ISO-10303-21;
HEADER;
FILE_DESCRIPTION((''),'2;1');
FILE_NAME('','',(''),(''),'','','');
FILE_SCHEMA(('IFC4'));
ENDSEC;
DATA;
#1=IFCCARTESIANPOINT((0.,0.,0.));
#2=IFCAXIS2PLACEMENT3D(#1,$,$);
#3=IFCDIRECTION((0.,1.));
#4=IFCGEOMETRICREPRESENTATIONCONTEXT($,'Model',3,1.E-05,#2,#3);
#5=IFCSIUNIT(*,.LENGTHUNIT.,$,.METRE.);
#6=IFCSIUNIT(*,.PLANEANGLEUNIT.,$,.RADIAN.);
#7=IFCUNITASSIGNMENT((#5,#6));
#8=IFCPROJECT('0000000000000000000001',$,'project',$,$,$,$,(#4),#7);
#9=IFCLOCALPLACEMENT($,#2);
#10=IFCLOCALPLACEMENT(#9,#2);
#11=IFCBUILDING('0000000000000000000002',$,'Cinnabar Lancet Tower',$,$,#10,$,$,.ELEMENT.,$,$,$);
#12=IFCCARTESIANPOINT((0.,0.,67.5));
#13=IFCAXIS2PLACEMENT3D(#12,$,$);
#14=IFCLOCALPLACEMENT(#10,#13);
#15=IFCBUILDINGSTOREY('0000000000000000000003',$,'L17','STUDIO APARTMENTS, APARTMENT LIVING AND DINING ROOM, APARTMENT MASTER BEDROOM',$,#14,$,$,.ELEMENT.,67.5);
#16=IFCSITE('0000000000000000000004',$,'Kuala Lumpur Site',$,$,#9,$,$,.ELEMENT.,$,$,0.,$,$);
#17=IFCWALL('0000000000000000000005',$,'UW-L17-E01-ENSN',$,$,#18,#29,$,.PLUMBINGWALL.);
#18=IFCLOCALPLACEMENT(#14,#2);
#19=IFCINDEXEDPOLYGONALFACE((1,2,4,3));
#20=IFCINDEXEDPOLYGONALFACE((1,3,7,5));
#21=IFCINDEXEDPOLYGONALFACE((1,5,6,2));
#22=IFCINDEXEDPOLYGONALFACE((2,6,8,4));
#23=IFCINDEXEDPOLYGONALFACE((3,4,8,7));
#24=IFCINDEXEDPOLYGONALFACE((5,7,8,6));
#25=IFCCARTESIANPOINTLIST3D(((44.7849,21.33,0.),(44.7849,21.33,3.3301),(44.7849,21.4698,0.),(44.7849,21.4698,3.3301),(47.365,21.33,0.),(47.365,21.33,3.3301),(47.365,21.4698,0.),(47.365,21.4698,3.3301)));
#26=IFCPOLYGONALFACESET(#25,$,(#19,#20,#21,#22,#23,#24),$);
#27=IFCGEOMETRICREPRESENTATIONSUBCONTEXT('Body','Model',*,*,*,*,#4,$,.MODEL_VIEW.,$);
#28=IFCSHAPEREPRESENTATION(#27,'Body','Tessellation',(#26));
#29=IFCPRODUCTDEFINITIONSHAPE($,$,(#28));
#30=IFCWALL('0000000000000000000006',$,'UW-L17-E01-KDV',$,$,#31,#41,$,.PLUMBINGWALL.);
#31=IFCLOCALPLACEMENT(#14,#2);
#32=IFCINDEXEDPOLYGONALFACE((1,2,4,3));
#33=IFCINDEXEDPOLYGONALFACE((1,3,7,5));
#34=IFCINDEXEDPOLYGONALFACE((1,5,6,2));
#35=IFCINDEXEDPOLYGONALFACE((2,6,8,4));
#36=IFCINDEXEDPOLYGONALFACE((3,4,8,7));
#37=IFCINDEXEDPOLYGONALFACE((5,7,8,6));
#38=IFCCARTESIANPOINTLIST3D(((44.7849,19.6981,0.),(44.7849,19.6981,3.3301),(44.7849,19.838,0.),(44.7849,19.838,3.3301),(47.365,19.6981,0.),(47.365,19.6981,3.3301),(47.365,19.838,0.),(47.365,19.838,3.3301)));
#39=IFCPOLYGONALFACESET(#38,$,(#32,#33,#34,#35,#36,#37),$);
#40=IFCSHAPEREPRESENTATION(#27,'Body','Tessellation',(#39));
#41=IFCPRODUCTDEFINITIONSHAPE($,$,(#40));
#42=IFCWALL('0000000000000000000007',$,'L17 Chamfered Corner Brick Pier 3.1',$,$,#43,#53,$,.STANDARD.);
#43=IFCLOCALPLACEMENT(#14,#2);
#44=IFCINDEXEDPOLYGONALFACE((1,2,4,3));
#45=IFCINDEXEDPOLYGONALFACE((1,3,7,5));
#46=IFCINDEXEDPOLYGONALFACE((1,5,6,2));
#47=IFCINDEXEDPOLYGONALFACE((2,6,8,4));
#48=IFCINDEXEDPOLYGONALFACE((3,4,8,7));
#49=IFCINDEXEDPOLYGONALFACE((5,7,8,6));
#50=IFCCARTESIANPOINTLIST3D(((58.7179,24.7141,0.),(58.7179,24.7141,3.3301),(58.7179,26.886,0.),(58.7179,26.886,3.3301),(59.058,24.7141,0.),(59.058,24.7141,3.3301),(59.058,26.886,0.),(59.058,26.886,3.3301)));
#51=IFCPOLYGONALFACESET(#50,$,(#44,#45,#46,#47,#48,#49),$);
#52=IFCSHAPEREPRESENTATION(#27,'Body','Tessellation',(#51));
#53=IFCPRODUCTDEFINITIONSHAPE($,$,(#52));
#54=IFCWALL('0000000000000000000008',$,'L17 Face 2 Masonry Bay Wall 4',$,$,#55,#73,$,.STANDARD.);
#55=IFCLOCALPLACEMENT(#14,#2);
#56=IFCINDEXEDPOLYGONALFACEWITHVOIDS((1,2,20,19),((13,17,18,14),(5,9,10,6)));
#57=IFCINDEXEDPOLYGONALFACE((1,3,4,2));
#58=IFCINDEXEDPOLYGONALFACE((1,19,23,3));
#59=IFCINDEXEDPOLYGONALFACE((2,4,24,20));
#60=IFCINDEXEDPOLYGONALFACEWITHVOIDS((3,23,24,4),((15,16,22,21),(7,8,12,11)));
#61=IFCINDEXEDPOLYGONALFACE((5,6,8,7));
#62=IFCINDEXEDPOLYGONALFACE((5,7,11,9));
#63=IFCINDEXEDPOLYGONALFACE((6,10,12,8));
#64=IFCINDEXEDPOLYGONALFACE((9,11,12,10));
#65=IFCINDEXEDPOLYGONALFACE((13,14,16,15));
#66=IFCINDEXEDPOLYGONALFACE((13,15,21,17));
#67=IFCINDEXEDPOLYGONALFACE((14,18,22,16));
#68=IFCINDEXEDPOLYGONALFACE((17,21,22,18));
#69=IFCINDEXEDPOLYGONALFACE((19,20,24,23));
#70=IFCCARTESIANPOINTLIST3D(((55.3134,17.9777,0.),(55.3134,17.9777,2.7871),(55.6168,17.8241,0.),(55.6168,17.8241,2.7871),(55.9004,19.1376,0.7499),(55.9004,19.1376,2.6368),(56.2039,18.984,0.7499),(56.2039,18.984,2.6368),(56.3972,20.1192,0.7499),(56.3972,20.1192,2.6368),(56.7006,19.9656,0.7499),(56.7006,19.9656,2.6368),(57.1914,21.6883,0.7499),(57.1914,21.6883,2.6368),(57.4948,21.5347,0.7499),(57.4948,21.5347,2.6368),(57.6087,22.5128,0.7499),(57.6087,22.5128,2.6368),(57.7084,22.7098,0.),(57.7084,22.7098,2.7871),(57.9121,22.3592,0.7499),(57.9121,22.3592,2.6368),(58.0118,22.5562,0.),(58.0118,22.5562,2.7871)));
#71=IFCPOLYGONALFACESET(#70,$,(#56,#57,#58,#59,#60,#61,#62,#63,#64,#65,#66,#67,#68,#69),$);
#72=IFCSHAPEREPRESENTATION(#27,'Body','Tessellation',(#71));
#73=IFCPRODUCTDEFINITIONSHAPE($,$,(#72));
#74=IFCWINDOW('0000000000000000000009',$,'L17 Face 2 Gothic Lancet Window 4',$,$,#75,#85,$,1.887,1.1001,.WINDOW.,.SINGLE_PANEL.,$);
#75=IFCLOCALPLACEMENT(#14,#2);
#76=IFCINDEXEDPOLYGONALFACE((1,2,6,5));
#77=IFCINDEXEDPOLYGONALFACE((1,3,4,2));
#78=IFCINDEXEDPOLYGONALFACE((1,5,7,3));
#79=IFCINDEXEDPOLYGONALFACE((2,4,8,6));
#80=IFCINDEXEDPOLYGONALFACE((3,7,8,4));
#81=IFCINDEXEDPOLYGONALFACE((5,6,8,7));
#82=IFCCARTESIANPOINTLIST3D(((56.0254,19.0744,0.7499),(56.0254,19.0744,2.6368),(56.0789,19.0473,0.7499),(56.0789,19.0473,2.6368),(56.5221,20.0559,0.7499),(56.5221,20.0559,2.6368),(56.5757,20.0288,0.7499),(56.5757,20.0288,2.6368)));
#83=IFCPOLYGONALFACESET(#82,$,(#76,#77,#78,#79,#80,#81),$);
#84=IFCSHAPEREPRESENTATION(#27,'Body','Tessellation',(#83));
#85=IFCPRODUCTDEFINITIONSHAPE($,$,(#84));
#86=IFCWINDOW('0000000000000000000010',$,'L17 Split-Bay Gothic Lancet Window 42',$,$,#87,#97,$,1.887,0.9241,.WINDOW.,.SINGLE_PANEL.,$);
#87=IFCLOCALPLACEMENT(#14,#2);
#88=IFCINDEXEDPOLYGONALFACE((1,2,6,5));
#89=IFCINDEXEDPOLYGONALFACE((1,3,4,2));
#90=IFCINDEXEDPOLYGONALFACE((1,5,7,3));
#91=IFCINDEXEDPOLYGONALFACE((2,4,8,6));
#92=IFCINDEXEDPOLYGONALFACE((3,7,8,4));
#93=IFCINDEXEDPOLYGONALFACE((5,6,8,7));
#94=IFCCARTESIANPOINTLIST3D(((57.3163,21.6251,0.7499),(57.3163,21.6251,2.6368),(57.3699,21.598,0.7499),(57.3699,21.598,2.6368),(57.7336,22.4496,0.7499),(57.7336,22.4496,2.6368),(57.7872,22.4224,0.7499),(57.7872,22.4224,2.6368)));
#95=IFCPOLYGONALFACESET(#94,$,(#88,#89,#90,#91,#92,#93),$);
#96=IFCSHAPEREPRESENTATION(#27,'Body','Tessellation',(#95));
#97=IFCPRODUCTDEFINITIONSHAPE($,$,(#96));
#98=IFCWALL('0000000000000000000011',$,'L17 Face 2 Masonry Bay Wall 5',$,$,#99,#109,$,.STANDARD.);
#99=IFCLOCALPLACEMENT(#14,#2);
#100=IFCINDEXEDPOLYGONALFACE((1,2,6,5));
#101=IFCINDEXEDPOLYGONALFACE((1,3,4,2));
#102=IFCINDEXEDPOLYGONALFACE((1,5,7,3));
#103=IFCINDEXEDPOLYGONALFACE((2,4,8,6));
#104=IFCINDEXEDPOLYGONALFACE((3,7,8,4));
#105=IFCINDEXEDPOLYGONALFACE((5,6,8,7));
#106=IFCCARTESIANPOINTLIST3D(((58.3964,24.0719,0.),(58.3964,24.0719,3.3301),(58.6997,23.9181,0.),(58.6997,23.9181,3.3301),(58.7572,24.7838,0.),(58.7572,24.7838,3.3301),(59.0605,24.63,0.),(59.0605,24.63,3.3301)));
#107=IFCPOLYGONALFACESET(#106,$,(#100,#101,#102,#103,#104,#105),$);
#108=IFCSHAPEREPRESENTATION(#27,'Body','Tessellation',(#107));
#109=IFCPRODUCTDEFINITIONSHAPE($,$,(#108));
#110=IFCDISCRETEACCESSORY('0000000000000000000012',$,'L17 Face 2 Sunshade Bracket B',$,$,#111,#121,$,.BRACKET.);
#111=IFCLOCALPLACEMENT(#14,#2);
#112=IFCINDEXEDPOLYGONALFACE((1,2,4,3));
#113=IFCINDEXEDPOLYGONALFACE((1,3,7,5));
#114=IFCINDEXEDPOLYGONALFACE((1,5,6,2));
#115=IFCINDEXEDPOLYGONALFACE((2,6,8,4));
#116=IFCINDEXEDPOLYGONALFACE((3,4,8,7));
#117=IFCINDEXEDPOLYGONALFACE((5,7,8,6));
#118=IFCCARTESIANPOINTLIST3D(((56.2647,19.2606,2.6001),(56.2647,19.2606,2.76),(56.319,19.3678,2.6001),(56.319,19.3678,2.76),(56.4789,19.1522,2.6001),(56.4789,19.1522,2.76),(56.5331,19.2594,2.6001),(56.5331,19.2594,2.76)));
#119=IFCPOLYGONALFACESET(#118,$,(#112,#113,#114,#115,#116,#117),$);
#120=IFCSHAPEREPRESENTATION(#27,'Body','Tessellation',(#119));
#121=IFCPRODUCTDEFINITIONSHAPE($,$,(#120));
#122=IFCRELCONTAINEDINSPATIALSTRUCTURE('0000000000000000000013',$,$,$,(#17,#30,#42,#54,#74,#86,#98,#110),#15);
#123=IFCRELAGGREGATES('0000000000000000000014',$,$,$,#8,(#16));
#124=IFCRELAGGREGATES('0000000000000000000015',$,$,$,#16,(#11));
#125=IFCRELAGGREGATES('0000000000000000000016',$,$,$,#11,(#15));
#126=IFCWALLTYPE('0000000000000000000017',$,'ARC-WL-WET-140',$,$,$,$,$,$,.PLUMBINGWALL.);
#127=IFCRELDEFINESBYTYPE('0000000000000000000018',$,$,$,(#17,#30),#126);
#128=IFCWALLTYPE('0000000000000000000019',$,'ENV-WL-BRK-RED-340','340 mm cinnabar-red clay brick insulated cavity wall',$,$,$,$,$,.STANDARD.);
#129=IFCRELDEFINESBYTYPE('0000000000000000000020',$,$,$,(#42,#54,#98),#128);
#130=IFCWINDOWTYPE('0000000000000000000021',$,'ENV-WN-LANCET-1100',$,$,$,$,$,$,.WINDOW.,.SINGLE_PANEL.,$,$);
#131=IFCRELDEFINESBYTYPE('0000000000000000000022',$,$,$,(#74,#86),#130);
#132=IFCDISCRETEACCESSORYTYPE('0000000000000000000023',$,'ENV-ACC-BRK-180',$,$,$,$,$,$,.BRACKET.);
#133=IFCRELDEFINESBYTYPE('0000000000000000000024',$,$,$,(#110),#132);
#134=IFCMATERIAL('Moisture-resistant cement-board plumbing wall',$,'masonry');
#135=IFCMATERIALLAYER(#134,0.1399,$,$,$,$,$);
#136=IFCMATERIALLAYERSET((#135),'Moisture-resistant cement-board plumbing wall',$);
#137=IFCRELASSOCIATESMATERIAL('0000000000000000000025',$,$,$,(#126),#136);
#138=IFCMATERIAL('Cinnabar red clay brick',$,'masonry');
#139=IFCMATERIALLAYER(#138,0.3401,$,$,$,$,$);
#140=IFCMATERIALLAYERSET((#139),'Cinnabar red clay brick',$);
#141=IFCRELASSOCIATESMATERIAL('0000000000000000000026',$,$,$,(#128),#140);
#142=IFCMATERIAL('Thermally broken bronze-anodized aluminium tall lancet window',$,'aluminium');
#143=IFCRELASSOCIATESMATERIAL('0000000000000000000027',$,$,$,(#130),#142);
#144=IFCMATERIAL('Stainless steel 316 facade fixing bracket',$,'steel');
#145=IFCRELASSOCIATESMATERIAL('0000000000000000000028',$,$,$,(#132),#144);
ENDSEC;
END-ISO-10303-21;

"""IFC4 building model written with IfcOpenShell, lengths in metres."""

from ifc_helpers import new_model, si_unit, direction, frame, frame_2d, origin, origin_2d, place, context, subcontext, project, spatial, rectangle, extrude, material, layer, layer_set, type_object, element, fill, save


model = new_model("IFC4")

# Units and contexts
model_context = context("Model", 3, precision=1e-05, world=origin(), true_north=direction((0.0, 1.0)))
body_context = subcontext(model_context, "Body", "Model", "MODEL_VIEW")
ifc_project = project(units=[si_unit("LENGTHUNIT", "METRE"), si_unit("PLANEANGLEUNIT", "RADIAN")], contexts=[model_context])

# Site, building, storey
site_placement = place(None, origin())
site = spatial("IfcSite", under=ifc_project, at=site_placement, Name="Kuala Lumpur Site", CompositionType="ELEMENT", RefElevation=0.0)
building_placement = place(site_placement, origin())
building = spatial("IfcBuilding", under=site, at=building_placement, Name="Cinnabar Lancet Tower", CompositionType="ELEMENT")
storey_placement = place(building_placement, frame((0.0, 0.0, 67.5)))
storey = spatial("IfcBuildingStorey", under=building, at=storey_placement, Name="L17", Description="STUDIO APARTMENTS, APARTMENT LIVING AND DINING ROOM, APARTMENT MASTER BEDROOM", CompositionType="ELEMENT", Elevation=67.5)

# Shared definitions
ifc_material_1 = material(Name="Moisture-resistant cement-board plumbing wall", Category="masonry")
ifc_layer_1 = layer(ifc_material_1, 0.1399)
ifc_layer_set_1 = layer_set([ifc_layer_1], Name="Moisture-resistant cement-board plumbing wall")
wall_type_1 = type_object("IfcWallType", Name="ARC-WL-WET-140", PredefinedType="PLUMBINGWALL", material=ifc_layer_set_1)

# Walls
for number, where, z_axis, x_axis, name in (
    (1, (44.7849, 21.3999, 0.0), (0.0, 0.0, 1.0), (1.0, 0.0, 0.0), "UW-L17-E01-ENSN"),
    (2, (44.7849, 19.7681, 0.0), (0.0, 0.0, 1.0), (1.0, 0.0, 0.0), "UW-L17-E01-KDV"),
):
    element("IfcWall", number, at=place(storey_placement, frame(where, z_axis=z_axis, x_axis=x_axis)), inside=storey, type_object=wall_type_1, Name=name, PredefinedType="PLUMBINGWALL", context=body_context, shape_type="SweptSolid", body=[
        extrude(rectangle(XDim=2.5801, YDim=0.1399, at=frame_2d((1.29, 0.0))), origin(), (0.0, 0.0, 1.0), 3.3301),
    ])
ifc_material_2 = material(Name="Cinnabar red clay brick", Category="masonry")
ifc_layer_2 = layer(ifc_material_2, 0.3401)
ifc_layer_set_2 = layer_set([ifc_layer_2], Name="Cinnabar red clay brick")
wall_type_2 = type_object("IfcWallType", Name="ENV-WL-BRK-RED-340", Description="340 mm cinnabar-red clay brick insulated cavity wall", PredefinedType="STANDARD", material=ifc_layer_set_2)
wall_1_placement = place(storey_placement, frame((58.8879, 24.7141, 0.0), z_axis=(0.0, 0.0, 1.0), x_axis=(0.0, 1.0, 0.0)))
element("IfcWall", 3, at=wall_1_placement, inside=storey, type_object=wall_type_2, Name="L17 Chamfered Corner Brick Pier 3.1", PredefinedType="STANDARD", context=body_context, shape_type="SweptSolid", body=[
    extrude(rectangle(XDim=2.1719, YDim=0.3401, at=frame_2d((1.0859, 0.0))), origin(), (0.0, 0.0, 1.0), 3.3301),
])

# Wall, openings, windows
wall_2_placement = place(storey_placement, frame((55.4651, 17.9009, 0.0), z_axis=(0.0, 0.0, 1.0), x_axis=(0.451572, 0.892235, 0.0)))
wall_2 = element("IfcWall", 4, at=wall_2_placement, inside=storey, type_object=wall_type_2, Name="L17 Face 2 Masonry Bay Wall 4", PredefinedType="STANDARD", context=body_context, shape_type="SweptSolid", body=[
    extrude(rectangle(XDim=5.3037, YDim=0.3401, at=frame_2d((2.6519, 0.0))), origin(), (0.0, 0.0, 1.0), 2.7871),
])
opening_1_placement = place(wall_2_placement, frame((1.3, 0.0, 0.75)))
opening_1 = element("IfcOpeningElement", 5, at=opening_1_placement, cuts=wall_2, PredefinedType="OPENING", context=body_context, shape_type="SweptSolid", body=[
    extrude(rectangle(XDim=1.1001, YDim=1.887, at=frame_2d((0.55, 0.9434))), frame((0.0, 0.1799, 0.0), z_axis=(0.0, -1.0, 0.0), x_axis=(1.0, 0.0, 0.0)), (0.0, 0.0, 1.0), 0.3601),
])
opening_2_placement = place(wall_2_placement, frame((4.1589, 0.0, 0.75)))
opening_2 = element("IfcOpeningElement", 6, at=opening_2_placement, cuts=wall_2, PredefinedType="OPENING", context=body_context, shape_type="SweptSolid", body=[
    extrude(rectangle(XDim=0.9241, YDim=1.887, at=frame_2d((0.4619, 0.9434))), frame((0.0, 0.1799, 0.0), z_axis=(0.0, -1.0, 0.0), x_axis=(1.0, 0.0, 0.0)), (0.0, 0.0, 1.0), 0.3601),
])
ifc_material_3 = material(Name="Thermally broken bronze-anodized aluminium tall lancet window", Category="aluminium")
window_type = type_object("IfcWindowType", Name="ENV-WN-LANCET-1100", PartitioningType="SINGLE_PANEL", PredefinedType="WINDOW", material=ifc_material_3)
window_1_placement = place(opening_1_placement, origin())
window_1 = element("IfcWindow", 7, at=window_1_placement, inside=storey, type_object=window_type, Name="L17 Face 2 Gothic Lancet Window 4", OverallHeight=1.887, OverallWidth=1.1001, PartitioningType="SINGLE_PANEL", PredefinedType="WINDOW", context=body_context, shape_type="SweptSolid", body=[
    extrude(rectangle(XDim=1.1001, YDim=1.887, at=frame_2d((0.55, 0.9434))), frame((0.0, 0.03, 0.0), z_axis=(0.0, -1.0, 0.0), x_axis=(1.0, 0.0, 0.0)), (0.0, 0.0, 1.0), 0.0601),
])
fill(opening_1, window_1)
window_2_placement = place(opening_2_placement, origin())
window_2 = element("IfcWindow", 8, at=window_2_placement, inside=storey, type_object=window_type, Name="L17 Split-Bay Gothic Lancet Window 42", OverallHeight=1.887, OverallWidth=0.9241, PartitioningType="SINGLE_PANEL", PredefinedType="WINDOW", context=body_context, shape_type="SweptSolid", body=[
    extrude(rectangle(XDim=0.9241, YDim=1.887, at=frame_2d((0.4619, 0.9434))), frame((0.0, 0.03, 0.0), z_axis=(0.0, -1.0, 0.0), x_axis=(1.0, 0.0, 0.0)), (0.0, 0.0, 1.0), 0.0601),
])
fill(opening_2, window_2)

# Wall
wall_3_placement = place(storey_placement, frame((58.5481, 23.9951, 0.0), z_axis=(0.0, 0.0, 1.0), x_axis=(0.452101, 0.891967, 0.0)))
element("IfcWall", 9, at=wall_3_placement, inside=storey, type_object=wall_type_2, Name="L17 Face 2 Masonry Bay Wall 5", PredefinedType="STANDARD", context=body_context, shape_type="SweptSolid", body=[
    extrude(rectangle(XDim=0.7981, YDim=0.3401, at=frame_2d((0.3989, 0.0))), origin(), (0.0, 0.0, 1.0), 3.3301),
])

# Discrete accessory
ifc_material_4 = material(Name="Stainless steel 316 facade fixing bracket", Category="steel")
discrete_accessory_type = type_object("IfcDiscreteAccessoryType", Name="ENV-ACC-BRK-180", PredefinedType="BRACKET", material=ifc_material_4)
discrete_accessory_placement = place(storey_placement, frame((56.3989, 19.26, 2.6001), z_axis=(0.0, 0.0, 1.0), x_axis=(0.451501, 0.892271, 0.0)))
element("IfcDiscreteAccessory", 10, at=discrete_accessory_placement, inside=storey, type_object=discrete_accessory_type, Name="L17 Face 2 Sunshade Bracket B", PredefinedType="BRACKET", context=body_context, shape_type="SweptSolid", body=[
    extrude(rectangle(XDim=0.1201, YDim=0.24, at=origin_2d()), origin(), (0.0, 0.0, 1.0), 0.1599),
])

save(model, "model.ifc")
